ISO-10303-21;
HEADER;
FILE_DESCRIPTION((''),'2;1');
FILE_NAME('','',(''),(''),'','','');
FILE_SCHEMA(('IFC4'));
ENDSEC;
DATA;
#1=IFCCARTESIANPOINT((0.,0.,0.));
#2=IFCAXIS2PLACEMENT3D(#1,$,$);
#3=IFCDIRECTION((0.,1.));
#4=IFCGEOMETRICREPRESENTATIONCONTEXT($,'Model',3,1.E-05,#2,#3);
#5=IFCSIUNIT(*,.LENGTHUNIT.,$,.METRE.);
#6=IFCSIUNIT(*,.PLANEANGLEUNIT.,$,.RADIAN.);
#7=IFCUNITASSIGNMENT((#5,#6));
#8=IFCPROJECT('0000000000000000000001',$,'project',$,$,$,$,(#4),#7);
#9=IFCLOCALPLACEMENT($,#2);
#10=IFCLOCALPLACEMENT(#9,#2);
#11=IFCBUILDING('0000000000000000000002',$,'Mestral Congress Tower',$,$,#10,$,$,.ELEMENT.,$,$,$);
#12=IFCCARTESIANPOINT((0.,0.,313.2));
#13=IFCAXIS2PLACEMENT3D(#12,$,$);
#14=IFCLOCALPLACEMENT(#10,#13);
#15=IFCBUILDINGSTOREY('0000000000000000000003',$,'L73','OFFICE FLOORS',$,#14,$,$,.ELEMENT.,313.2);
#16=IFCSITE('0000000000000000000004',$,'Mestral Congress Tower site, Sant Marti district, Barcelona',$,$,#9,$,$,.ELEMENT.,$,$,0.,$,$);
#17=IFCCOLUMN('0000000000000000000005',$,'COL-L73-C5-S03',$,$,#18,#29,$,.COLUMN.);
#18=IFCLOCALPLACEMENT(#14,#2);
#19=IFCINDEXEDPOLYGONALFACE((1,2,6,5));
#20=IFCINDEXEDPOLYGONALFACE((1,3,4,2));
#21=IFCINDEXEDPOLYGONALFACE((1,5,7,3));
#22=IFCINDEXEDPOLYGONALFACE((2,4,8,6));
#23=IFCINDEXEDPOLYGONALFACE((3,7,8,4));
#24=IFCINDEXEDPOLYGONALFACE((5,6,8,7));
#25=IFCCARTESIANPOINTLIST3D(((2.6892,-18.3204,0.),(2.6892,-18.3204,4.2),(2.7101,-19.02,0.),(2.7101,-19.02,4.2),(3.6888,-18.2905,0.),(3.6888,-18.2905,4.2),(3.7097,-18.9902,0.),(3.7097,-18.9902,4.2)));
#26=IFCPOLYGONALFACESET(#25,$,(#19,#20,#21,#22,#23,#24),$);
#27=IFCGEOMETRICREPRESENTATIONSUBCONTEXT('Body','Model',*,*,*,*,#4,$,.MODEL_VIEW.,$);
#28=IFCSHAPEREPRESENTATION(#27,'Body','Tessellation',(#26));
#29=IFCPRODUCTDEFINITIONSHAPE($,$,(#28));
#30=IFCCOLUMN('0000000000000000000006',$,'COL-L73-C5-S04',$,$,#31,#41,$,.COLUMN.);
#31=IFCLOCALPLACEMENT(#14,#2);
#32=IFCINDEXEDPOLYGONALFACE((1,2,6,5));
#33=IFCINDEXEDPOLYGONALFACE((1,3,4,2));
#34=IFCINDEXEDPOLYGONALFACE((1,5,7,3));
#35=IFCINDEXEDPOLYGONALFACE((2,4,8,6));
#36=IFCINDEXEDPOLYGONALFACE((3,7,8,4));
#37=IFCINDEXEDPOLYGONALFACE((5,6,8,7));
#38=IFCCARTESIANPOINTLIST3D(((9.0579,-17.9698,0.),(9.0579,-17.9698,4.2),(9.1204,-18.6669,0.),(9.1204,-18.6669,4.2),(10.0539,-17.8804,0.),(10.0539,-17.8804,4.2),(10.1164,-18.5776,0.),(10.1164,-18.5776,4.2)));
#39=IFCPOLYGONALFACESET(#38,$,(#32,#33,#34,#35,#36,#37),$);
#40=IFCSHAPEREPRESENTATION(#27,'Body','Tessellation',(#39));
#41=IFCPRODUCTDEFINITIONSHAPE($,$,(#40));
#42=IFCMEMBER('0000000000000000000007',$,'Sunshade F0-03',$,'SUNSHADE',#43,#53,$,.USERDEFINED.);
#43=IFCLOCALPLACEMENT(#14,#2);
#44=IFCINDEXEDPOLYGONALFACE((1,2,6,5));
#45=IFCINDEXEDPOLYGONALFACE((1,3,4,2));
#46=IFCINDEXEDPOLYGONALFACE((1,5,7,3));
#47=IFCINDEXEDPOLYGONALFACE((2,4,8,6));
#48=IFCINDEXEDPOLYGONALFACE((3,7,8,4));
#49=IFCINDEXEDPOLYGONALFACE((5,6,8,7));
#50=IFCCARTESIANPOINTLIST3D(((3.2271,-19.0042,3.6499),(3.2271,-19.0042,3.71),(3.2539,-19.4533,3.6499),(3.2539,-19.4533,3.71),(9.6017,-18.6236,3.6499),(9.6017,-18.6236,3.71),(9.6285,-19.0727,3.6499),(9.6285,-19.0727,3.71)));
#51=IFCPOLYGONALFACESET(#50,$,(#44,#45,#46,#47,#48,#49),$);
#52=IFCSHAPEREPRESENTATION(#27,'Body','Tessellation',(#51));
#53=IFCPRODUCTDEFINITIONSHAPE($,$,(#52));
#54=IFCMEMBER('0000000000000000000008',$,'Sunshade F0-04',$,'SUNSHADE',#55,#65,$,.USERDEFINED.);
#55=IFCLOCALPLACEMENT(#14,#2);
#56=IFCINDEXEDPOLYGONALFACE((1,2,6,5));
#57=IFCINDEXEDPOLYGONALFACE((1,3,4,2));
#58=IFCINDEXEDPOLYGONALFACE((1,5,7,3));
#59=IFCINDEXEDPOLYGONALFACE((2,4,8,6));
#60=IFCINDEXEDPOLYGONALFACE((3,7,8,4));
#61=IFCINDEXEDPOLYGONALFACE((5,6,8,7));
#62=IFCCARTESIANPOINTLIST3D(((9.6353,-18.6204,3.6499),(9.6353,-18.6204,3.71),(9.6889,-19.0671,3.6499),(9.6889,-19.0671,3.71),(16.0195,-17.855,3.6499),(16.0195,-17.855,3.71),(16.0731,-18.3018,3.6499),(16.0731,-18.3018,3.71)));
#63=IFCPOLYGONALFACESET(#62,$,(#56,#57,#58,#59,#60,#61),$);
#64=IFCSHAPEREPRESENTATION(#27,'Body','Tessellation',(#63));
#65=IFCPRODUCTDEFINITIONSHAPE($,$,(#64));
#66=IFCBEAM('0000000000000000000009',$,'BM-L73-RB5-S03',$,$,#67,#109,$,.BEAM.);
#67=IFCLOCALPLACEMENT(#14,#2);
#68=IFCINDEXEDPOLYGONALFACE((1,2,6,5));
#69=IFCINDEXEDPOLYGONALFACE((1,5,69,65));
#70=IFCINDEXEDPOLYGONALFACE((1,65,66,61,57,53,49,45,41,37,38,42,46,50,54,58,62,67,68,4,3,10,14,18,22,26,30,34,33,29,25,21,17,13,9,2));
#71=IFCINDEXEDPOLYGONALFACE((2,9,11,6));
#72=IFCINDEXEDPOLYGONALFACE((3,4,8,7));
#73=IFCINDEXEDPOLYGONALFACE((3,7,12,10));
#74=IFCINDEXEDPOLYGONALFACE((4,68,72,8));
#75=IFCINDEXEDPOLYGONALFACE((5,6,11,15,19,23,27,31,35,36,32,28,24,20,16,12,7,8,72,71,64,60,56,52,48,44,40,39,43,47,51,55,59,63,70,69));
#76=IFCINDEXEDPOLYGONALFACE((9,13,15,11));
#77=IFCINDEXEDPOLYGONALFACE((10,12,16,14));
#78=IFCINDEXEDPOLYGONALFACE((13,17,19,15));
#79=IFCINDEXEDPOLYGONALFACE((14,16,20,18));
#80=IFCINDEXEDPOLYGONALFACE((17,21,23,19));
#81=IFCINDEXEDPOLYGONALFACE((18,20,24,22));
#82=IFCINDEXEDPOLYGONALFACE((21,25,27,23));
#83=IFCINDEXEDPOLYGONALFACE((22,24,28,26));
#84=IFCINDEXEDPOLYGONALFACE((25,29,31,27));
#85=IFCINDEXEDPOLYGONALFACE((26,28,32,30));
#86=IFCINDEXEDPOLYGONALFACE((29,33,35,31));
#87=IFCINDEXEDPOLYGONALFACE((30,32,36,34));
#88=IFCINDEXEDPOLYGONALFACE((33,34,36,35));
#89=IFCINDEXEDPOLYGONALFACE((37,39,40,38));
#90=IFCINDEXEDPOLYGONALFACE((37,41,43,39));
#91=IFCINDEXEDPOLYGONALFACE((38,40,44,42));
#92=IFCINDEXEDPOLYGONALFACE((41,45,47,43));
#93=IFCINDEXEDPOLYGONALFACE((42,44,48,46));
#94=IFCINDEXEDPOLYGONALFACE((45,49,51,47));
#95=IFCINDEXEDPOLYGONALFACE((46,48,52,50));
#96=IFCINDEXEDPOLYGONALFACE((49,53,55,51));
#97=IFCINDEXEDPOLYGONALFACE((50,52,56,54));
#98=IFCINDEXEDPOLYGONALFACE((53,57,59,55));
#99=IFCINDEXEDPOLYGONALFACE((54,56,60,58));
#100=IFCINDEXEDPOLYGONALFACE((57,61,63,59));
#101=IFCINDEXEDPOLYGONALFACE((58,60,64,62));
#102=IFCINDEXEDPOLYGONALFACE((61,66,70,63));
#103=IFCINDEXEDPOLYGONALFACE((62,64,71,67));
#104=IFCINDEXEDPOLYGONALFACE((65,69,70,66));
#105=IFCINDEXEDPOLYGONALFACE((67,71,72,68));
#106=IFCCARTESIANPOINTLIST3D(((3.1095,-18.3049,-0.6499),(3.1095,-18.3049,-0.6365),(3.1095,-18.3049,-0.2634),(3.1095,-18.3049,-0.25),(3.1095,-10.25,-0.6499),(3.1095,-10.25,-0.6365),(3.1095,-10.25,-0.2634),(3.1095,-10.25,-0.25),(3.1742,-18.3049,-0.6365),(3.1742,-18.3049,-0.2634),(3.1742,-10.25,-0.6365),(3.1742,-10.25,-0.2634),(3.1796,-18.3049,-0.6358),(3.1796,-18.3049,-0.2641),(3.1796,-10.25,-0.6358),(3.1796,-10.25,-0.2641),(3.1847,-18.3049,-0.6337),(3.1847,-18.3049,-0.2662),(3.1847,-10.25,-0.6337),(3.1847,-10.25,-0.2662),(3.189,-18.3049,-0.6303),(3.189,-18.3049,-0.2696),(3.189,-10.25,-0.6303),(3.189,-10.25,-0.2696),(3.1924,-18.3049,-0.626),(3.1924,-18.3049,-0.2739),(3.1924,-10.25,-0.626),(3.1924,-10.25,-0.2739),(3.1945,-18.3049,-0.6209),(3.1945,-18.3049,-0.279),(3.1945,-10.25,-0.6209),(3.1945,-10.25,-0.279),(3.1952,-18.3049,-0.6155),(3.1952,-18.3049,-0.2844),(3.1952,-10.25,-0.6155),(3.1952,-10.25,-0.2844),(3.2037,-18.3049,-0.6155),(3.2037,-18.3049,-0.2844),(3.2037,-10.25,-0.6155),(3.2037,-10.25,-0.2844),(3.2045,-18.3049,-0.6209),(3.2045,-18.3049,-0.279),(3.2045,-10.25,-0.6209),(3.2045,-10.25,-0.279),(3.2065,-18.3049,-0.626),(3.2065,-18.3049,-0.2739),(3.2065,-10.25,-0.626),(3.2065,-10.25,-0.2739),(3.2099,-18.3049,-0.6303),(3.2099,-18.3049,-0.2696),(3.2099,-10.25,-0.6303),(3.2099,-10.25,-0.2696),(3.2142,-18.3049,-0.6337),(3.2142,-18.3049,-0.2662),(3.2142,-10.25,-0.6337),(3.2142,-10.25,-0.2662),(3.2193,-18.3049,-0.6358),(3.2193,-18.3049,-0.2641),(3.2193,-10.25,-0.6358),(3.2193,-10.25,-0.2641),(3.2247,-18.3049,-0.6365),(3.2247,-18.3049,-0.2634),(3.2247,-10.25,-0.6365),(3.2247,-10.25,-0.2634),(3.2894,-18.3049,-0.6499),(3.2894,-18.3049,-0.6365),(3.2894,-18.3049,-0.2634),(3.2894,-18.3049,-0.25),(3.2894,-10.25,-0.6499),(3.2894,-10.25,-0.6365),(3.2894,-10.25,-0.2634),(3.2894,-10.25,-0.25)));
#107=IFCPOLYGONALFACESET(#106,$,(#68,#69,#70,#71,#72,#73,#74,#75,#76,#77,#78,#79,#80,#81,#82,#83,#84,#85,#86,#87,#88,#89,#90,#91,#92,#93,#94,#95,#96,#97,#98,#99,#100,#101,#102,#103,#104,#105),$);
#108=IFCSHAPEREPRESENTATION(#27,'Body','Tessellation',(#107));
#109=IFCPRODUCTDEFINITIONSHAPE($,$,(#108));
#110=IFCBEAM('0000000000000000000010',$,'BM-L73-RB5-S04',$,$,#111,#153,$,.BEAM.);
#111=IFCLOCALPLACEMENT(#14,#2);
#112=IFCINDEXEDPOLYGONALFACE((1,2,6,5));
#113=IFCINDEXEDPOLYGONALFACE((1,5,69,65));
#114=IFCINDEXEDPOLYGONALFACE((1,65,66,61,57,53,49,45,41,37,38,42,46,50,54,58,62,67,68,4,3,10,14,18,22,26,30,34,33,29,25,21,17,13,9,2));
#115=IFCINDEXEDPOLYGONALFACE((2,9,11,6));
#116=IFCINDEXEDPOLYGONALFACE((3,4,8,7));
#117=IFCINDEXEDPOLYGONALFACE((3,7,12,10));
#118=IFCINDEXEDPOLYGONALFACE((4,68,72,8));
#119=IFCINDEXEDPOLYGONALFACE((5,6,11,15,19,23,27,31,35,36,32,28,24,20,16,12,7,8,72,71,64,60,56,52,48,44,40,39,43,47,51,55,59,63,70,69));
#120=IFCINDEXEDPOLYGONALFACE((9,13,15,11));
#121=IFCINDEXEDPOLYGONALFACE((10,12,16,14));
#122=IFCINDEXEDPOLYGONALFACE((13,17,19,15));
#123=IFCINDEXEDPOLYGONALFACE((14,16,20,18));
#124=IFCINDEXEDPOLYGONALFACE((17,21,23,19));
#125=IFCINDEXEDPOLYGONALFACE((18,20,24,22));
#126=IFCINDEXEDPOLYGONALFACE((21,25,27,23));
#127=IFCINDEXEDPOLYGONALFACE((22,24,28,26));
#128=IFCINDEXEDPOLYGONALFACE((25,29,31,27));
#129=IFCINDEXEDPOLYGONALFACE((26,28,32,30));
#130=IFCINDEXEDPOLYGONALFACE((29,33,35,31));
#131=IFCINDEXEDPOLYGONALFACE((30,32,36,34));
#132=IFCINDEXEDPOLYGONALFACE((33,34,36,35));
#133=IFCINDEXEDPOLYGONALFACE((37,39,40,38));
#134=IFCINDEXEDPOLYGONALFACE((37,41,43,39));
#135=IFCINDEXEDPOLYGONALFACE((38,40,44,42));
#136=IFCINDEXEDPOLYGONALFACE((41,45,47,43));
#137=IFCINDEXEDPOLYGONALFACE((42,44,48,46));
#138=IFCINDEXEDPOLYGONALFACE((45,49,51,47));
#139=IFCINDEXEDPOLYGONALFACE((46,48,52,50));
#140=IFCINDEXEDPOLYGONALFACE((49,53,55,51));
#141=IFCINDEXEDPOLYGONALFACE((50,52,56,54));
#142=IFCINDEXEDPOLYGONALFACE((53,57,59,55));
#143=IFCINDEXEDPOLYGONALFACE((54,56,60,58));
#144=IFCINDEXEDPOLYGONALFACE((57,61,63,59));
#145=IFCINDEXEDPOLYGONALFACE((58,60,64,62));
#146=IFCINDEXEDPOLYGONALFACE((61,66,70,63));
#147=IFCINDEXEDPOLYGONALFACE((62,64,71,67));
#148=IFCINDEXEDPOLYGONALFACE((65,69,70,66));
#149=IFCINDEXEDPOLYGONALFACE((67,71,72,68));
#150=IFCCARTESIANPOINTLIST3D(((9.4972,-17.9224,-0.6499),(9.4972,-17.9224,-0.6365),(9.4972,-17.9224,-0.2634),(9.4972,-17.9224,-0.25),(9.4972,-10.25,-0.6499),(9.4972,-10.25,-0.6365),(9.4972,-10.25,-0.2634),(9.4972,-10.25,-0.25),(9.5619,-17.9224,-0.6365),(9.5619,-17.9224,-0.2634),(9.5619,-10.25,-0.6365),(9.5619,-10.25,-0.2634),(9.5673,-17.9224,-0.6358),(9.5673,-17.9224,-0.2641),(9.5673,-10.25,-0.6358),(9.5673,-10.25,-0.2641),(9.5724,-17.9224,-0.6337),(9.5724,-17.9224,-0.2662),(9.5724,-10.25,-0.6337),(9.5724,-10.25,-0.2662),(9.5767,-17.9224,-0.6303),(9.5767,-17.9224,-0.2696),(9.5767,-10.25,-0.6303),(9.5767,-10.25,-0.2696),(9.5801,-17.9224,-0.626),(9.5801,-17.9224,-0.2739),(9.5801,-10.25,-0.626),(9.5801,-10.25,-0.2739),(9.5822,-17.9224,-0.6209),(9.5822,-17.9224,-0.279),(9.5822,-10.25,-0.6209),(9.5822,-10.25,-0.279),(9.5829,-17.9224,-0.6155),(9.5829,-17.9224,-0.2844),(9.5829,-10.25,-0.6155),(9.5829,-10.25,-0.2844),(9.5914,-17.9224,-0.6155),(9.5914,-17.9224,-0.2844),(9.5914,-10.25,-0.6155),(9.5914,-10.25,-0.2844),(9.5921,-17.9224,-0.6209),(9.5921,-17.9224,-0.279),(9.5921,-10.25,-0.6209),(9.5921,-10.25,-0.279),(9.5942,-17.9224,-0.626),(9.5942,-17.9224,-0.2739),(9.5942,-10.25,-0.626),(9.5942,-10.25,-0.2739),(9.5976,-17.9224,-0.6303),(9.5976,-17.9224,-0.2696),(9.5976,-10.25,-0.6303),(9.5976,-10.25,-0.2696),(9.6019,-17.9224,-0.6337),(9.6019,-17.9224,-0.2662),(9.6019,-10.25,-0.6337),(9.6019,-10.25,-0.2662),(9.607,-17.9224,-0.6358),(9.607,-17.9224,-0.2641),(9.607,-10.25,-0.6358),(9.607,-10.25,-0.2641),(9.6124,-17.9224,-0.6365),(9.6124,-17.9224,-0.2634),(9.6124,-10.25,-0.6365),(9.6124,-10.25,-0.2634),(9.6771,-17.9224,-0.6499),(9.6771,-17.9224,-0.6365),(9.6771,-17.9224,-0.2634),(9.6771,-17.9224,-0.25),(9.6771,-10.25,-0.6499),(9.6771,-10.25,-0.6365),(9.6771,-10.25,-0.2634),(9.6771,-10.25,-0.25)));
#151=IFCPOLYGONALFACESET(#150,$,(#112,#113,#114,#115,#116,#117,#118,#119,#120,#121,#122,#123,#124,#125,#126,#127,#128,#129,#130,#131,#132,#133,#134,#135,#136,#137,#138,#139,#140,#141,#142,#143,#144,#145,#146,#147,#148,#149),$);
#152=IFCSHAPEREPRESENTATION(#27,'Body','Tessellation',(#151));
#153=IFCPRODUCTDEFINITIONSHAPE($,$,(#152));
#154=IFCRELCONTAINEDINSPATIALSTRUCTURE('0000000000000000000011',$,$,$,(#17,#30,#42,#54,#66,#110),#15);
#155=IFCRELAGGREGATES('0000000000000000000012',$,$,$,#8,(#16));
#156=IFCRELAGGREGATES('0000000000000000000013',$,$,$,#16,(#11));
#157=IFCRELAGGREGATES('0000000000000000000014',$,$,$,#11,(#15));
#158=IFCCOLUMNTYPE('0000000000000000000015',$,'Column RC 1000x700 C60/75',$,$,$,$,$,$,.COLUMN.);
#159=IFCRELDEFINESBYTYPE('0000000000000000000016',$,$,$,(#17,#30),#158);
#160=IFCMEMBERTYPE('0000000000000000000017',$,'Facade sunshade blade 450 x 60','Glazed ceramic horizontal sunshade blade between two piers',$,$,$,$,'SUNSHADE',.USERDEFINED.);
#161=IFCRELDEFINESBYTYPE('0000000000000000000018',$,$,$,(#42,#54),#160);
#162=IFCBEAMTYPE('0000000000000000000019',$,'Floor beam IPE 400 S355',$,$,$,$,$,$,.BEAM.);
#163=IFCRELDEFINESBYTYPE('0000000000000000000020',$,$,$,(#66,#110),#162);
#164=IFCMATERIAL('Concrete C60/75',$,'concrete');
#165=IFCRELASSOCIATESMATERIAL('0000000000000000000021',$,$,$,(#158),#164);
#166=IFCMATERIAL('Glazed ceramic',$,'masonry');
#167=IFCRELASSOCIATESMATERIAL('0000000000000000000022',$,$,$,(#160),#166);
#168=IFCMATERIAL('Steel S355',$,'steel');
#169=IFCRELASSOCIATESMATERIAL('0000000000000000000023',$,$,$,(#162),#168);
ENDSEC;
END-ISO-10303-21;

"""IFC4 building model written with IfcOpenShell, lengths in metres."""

from ifc_helpers import new_model, si_unit, direction, frame, origin, origin_2d, place, context, subcontext, project, spatial, rectangle, i_section, extrude, material, material_profile, profile_set, type_object, element, save


model = new_model("IFC4")

# Units and contexts
model_context = context("Model", 3, precision=1e-05, world=origin(), true_north=direction((0.0, 1.0)))
body_context = subcontext(model_context, "Body", "Model", "MODEL_VIEW")
ifc_project = project(units=[si_unit("LENGTHUNIT", "METRE"), si_unit("PLANEANGLEUNIT", "RADIAN")], contexts=[model_context])

# Site, building, storey
site_placement = place(None, origin())
site = spatial("IfcSite", under=ifc_project, at=site_placement, Name="Mestral Congress Tower site, Sant Marti district, Barcelona", CompositionType="ELEMENT", RefElevation=0.0)
building_placement = place(site_placement, origin())
building = spatial("IfcBuilding", under=site, at=building_placement, Name="Mestral Congress Tower", CompositionType="ELEMENT")
storey_placement = place(building_placement, frame((0.0, 0.0, 313.2)))
storey = spatial("IfcBuildingStorey", under=building, at=storey_placement, Name="L73", Description="OFFICE FLOORS", CompositionType="ELEMENT", Elevation=313.2)

# Columns
ifc_material_1 = material(Name="Concrete C60/75", Category="concrete")
ifc_material_profile_1 = material_profile(ifc_material_1, rectangle(XDim=1.0, YDim=0.7, at=origin_2d()), Name="RC 1000x700")
ifc_profile_set_1 = profile_set([ifc_material_profile_1], Name="Concrete C60/75")
column_type = type_object("IfcColumnType", Name="Column RC 1000x700 C60/75", PredefinedType="COLUMN", material=ifc_profile_set_1)
for number, where, z_axis, x_axis, name in (
    (1, (3.1995, -18.6553, 0.0), (0.0, 0.0, 1.0), (0.999555, 0.029828, 0.0), "COL-L73-C5-S03"),
    (2, (9.5872, -18.2737, 0.0), (0.0, 0.0, 1.0), (0.995998, 0.089378, 0.0), "COL-L73-C5-S04"),
):
    element("IfcColumn", number, at=place(storey_placement, frame(where, z_axis=z_axis, x_axis=x_axis)), inside=storey, type_object=column_type, Name=name, PredefinedType="COLUMN", context=body_context, shape_type="SweptSolid", body=[
        extrude(rectangle(XDim=1.0, YDim=0.7, at=origin_2d()), origin(), (0.0, 0.0, 1.0), 4.2),
    ])

# Members
ifc_material_2 = material(Name="Glazed ceramic", Category="masonry")
ifc_material_profile_2 = material_profile(ifc_material_2, rectangle(XDim=0.45, YDim=0.0601, at=origin_2d()), Name="Ceramic blade 450 x 60")
ifc_profile_set_2 = profile_set([ifc_material_profile_2], Name="Glazed ceramic")
member_type = type_object("IfcMemberType", Name="Facade sunshade blade 450 x 60", Description="Glazed ceramic horizontal sunshade blade between two piers", ElementType="SUNSHADE", PredefinedType="USERDEFINED", material=ifc_profile_set_2)
member_1_placement = place(storey_placement, frame((3.2405, -19.2288, 3.6799), z_axis=(0.998222, 0.059603, 0.0), x_axis=(-0.059603, 0.998222, 0.0)))
element("IfcMember", 3, at=member_1_placement, inside=storey, type_object=member_type, Name="Sunshade F0-03", ObjectType="SUNSHADE", PredefinedType="USERDEFINED", context=body_context, shape_type="SweptSolid", body=[
    extrude(rectangle(XDim=0.45, YDim=0.0601, at=origin_2d()), origin(), (0.0, 0.0, 1.0), 6.386),
])
member_2_placement = place(storey_placement, frame((9.6621, -18.8438, 3.6799), z_axis=(0.99289, 0.119033, 0.0), x_axis=(-0.119033, 0.99289, 0.0)))
element("IfcMember", 4, at=member_2_placement, inside=storey, type_object=member_type, Name="Sunshade F0-04", ObjectType="SUNSHADE", PredefinedType="USERDEFINED", context=body_context, shape_type="SweptSolid", body=[
    extrude(rectangle(XDim=0.45, YDim=0.0601, at=origin_2d()), origin(), (0.0, 0.0, 1.0), 6.4299),
])

# Beams
ifc_material_3 = material(Name="Steel S355", Category="steel")
ifc_material_profile_3 = material_profile(ifc_material_3, i_section(OverallWidth=0.1799, OverallDepth=0.3999, WebThickness=0.0085, FlangeThickness=0.0134, FilletRadius=0.021, at=origin_2d()), Name="IPE 400")
ifc_profile_set_3 = profile_set([ifc_material_profile_3], Name="Steel S355")
beam_type_1 = type_object("IfcBeamType", Name="Floor beam IPE 400 S355", PredefinedType="BEAM", material=ifc_profile_set_3)
beam_1_placement = place(storey_placement, frame((3.1995, -18.3049, -0.45), z_axis=(0.0, 1.0, 0.0), x_axis=(-1.0, 0.0, 0.0)))
element("IfcBeam", 5, at=beam_1_placement, inside=storey, type_object=beam_type_1, Name="BM-L73-RB5-S03", PredefinedType="BEAM", context=body_context, shape_type="SweptSolid", body=[
    extrude(i_section(OverallWidth=0.1799, OverallDepth=0.3999, WebThickness=0.0085, FlangeThickness=0.0134, FilletRadius=0.021, at=origin_2d()), origin(), (0.0, 0.0, 1.0), 8.0549),
])
beam_2_placement = place(storey_placement, frame((9.5872, -17.9224, -0.45), z_axis=(0.0, 1.0, 0.0), x_axis=(-1.0, 0.0, 0.0)))
element("IfcBeam", 6, at=beam_2_placement, inside=storey, type_object=beam_type_1, Name="BM-L73-RB5-S04", PredefinedType="BEAM", context=body_context, shape_type="SweptSolid", body=[
    extrude(i_section(OverallWidth=0.1799, OverallDepth=0.3999, WebThickness=0.0085, FlangeThickness=0.0134, FilletRadius=0.021, at=origin_2d()), origin(), (0.0, 0.0, 1.0), 7.6724),
])

save(model, "model.ifc")
